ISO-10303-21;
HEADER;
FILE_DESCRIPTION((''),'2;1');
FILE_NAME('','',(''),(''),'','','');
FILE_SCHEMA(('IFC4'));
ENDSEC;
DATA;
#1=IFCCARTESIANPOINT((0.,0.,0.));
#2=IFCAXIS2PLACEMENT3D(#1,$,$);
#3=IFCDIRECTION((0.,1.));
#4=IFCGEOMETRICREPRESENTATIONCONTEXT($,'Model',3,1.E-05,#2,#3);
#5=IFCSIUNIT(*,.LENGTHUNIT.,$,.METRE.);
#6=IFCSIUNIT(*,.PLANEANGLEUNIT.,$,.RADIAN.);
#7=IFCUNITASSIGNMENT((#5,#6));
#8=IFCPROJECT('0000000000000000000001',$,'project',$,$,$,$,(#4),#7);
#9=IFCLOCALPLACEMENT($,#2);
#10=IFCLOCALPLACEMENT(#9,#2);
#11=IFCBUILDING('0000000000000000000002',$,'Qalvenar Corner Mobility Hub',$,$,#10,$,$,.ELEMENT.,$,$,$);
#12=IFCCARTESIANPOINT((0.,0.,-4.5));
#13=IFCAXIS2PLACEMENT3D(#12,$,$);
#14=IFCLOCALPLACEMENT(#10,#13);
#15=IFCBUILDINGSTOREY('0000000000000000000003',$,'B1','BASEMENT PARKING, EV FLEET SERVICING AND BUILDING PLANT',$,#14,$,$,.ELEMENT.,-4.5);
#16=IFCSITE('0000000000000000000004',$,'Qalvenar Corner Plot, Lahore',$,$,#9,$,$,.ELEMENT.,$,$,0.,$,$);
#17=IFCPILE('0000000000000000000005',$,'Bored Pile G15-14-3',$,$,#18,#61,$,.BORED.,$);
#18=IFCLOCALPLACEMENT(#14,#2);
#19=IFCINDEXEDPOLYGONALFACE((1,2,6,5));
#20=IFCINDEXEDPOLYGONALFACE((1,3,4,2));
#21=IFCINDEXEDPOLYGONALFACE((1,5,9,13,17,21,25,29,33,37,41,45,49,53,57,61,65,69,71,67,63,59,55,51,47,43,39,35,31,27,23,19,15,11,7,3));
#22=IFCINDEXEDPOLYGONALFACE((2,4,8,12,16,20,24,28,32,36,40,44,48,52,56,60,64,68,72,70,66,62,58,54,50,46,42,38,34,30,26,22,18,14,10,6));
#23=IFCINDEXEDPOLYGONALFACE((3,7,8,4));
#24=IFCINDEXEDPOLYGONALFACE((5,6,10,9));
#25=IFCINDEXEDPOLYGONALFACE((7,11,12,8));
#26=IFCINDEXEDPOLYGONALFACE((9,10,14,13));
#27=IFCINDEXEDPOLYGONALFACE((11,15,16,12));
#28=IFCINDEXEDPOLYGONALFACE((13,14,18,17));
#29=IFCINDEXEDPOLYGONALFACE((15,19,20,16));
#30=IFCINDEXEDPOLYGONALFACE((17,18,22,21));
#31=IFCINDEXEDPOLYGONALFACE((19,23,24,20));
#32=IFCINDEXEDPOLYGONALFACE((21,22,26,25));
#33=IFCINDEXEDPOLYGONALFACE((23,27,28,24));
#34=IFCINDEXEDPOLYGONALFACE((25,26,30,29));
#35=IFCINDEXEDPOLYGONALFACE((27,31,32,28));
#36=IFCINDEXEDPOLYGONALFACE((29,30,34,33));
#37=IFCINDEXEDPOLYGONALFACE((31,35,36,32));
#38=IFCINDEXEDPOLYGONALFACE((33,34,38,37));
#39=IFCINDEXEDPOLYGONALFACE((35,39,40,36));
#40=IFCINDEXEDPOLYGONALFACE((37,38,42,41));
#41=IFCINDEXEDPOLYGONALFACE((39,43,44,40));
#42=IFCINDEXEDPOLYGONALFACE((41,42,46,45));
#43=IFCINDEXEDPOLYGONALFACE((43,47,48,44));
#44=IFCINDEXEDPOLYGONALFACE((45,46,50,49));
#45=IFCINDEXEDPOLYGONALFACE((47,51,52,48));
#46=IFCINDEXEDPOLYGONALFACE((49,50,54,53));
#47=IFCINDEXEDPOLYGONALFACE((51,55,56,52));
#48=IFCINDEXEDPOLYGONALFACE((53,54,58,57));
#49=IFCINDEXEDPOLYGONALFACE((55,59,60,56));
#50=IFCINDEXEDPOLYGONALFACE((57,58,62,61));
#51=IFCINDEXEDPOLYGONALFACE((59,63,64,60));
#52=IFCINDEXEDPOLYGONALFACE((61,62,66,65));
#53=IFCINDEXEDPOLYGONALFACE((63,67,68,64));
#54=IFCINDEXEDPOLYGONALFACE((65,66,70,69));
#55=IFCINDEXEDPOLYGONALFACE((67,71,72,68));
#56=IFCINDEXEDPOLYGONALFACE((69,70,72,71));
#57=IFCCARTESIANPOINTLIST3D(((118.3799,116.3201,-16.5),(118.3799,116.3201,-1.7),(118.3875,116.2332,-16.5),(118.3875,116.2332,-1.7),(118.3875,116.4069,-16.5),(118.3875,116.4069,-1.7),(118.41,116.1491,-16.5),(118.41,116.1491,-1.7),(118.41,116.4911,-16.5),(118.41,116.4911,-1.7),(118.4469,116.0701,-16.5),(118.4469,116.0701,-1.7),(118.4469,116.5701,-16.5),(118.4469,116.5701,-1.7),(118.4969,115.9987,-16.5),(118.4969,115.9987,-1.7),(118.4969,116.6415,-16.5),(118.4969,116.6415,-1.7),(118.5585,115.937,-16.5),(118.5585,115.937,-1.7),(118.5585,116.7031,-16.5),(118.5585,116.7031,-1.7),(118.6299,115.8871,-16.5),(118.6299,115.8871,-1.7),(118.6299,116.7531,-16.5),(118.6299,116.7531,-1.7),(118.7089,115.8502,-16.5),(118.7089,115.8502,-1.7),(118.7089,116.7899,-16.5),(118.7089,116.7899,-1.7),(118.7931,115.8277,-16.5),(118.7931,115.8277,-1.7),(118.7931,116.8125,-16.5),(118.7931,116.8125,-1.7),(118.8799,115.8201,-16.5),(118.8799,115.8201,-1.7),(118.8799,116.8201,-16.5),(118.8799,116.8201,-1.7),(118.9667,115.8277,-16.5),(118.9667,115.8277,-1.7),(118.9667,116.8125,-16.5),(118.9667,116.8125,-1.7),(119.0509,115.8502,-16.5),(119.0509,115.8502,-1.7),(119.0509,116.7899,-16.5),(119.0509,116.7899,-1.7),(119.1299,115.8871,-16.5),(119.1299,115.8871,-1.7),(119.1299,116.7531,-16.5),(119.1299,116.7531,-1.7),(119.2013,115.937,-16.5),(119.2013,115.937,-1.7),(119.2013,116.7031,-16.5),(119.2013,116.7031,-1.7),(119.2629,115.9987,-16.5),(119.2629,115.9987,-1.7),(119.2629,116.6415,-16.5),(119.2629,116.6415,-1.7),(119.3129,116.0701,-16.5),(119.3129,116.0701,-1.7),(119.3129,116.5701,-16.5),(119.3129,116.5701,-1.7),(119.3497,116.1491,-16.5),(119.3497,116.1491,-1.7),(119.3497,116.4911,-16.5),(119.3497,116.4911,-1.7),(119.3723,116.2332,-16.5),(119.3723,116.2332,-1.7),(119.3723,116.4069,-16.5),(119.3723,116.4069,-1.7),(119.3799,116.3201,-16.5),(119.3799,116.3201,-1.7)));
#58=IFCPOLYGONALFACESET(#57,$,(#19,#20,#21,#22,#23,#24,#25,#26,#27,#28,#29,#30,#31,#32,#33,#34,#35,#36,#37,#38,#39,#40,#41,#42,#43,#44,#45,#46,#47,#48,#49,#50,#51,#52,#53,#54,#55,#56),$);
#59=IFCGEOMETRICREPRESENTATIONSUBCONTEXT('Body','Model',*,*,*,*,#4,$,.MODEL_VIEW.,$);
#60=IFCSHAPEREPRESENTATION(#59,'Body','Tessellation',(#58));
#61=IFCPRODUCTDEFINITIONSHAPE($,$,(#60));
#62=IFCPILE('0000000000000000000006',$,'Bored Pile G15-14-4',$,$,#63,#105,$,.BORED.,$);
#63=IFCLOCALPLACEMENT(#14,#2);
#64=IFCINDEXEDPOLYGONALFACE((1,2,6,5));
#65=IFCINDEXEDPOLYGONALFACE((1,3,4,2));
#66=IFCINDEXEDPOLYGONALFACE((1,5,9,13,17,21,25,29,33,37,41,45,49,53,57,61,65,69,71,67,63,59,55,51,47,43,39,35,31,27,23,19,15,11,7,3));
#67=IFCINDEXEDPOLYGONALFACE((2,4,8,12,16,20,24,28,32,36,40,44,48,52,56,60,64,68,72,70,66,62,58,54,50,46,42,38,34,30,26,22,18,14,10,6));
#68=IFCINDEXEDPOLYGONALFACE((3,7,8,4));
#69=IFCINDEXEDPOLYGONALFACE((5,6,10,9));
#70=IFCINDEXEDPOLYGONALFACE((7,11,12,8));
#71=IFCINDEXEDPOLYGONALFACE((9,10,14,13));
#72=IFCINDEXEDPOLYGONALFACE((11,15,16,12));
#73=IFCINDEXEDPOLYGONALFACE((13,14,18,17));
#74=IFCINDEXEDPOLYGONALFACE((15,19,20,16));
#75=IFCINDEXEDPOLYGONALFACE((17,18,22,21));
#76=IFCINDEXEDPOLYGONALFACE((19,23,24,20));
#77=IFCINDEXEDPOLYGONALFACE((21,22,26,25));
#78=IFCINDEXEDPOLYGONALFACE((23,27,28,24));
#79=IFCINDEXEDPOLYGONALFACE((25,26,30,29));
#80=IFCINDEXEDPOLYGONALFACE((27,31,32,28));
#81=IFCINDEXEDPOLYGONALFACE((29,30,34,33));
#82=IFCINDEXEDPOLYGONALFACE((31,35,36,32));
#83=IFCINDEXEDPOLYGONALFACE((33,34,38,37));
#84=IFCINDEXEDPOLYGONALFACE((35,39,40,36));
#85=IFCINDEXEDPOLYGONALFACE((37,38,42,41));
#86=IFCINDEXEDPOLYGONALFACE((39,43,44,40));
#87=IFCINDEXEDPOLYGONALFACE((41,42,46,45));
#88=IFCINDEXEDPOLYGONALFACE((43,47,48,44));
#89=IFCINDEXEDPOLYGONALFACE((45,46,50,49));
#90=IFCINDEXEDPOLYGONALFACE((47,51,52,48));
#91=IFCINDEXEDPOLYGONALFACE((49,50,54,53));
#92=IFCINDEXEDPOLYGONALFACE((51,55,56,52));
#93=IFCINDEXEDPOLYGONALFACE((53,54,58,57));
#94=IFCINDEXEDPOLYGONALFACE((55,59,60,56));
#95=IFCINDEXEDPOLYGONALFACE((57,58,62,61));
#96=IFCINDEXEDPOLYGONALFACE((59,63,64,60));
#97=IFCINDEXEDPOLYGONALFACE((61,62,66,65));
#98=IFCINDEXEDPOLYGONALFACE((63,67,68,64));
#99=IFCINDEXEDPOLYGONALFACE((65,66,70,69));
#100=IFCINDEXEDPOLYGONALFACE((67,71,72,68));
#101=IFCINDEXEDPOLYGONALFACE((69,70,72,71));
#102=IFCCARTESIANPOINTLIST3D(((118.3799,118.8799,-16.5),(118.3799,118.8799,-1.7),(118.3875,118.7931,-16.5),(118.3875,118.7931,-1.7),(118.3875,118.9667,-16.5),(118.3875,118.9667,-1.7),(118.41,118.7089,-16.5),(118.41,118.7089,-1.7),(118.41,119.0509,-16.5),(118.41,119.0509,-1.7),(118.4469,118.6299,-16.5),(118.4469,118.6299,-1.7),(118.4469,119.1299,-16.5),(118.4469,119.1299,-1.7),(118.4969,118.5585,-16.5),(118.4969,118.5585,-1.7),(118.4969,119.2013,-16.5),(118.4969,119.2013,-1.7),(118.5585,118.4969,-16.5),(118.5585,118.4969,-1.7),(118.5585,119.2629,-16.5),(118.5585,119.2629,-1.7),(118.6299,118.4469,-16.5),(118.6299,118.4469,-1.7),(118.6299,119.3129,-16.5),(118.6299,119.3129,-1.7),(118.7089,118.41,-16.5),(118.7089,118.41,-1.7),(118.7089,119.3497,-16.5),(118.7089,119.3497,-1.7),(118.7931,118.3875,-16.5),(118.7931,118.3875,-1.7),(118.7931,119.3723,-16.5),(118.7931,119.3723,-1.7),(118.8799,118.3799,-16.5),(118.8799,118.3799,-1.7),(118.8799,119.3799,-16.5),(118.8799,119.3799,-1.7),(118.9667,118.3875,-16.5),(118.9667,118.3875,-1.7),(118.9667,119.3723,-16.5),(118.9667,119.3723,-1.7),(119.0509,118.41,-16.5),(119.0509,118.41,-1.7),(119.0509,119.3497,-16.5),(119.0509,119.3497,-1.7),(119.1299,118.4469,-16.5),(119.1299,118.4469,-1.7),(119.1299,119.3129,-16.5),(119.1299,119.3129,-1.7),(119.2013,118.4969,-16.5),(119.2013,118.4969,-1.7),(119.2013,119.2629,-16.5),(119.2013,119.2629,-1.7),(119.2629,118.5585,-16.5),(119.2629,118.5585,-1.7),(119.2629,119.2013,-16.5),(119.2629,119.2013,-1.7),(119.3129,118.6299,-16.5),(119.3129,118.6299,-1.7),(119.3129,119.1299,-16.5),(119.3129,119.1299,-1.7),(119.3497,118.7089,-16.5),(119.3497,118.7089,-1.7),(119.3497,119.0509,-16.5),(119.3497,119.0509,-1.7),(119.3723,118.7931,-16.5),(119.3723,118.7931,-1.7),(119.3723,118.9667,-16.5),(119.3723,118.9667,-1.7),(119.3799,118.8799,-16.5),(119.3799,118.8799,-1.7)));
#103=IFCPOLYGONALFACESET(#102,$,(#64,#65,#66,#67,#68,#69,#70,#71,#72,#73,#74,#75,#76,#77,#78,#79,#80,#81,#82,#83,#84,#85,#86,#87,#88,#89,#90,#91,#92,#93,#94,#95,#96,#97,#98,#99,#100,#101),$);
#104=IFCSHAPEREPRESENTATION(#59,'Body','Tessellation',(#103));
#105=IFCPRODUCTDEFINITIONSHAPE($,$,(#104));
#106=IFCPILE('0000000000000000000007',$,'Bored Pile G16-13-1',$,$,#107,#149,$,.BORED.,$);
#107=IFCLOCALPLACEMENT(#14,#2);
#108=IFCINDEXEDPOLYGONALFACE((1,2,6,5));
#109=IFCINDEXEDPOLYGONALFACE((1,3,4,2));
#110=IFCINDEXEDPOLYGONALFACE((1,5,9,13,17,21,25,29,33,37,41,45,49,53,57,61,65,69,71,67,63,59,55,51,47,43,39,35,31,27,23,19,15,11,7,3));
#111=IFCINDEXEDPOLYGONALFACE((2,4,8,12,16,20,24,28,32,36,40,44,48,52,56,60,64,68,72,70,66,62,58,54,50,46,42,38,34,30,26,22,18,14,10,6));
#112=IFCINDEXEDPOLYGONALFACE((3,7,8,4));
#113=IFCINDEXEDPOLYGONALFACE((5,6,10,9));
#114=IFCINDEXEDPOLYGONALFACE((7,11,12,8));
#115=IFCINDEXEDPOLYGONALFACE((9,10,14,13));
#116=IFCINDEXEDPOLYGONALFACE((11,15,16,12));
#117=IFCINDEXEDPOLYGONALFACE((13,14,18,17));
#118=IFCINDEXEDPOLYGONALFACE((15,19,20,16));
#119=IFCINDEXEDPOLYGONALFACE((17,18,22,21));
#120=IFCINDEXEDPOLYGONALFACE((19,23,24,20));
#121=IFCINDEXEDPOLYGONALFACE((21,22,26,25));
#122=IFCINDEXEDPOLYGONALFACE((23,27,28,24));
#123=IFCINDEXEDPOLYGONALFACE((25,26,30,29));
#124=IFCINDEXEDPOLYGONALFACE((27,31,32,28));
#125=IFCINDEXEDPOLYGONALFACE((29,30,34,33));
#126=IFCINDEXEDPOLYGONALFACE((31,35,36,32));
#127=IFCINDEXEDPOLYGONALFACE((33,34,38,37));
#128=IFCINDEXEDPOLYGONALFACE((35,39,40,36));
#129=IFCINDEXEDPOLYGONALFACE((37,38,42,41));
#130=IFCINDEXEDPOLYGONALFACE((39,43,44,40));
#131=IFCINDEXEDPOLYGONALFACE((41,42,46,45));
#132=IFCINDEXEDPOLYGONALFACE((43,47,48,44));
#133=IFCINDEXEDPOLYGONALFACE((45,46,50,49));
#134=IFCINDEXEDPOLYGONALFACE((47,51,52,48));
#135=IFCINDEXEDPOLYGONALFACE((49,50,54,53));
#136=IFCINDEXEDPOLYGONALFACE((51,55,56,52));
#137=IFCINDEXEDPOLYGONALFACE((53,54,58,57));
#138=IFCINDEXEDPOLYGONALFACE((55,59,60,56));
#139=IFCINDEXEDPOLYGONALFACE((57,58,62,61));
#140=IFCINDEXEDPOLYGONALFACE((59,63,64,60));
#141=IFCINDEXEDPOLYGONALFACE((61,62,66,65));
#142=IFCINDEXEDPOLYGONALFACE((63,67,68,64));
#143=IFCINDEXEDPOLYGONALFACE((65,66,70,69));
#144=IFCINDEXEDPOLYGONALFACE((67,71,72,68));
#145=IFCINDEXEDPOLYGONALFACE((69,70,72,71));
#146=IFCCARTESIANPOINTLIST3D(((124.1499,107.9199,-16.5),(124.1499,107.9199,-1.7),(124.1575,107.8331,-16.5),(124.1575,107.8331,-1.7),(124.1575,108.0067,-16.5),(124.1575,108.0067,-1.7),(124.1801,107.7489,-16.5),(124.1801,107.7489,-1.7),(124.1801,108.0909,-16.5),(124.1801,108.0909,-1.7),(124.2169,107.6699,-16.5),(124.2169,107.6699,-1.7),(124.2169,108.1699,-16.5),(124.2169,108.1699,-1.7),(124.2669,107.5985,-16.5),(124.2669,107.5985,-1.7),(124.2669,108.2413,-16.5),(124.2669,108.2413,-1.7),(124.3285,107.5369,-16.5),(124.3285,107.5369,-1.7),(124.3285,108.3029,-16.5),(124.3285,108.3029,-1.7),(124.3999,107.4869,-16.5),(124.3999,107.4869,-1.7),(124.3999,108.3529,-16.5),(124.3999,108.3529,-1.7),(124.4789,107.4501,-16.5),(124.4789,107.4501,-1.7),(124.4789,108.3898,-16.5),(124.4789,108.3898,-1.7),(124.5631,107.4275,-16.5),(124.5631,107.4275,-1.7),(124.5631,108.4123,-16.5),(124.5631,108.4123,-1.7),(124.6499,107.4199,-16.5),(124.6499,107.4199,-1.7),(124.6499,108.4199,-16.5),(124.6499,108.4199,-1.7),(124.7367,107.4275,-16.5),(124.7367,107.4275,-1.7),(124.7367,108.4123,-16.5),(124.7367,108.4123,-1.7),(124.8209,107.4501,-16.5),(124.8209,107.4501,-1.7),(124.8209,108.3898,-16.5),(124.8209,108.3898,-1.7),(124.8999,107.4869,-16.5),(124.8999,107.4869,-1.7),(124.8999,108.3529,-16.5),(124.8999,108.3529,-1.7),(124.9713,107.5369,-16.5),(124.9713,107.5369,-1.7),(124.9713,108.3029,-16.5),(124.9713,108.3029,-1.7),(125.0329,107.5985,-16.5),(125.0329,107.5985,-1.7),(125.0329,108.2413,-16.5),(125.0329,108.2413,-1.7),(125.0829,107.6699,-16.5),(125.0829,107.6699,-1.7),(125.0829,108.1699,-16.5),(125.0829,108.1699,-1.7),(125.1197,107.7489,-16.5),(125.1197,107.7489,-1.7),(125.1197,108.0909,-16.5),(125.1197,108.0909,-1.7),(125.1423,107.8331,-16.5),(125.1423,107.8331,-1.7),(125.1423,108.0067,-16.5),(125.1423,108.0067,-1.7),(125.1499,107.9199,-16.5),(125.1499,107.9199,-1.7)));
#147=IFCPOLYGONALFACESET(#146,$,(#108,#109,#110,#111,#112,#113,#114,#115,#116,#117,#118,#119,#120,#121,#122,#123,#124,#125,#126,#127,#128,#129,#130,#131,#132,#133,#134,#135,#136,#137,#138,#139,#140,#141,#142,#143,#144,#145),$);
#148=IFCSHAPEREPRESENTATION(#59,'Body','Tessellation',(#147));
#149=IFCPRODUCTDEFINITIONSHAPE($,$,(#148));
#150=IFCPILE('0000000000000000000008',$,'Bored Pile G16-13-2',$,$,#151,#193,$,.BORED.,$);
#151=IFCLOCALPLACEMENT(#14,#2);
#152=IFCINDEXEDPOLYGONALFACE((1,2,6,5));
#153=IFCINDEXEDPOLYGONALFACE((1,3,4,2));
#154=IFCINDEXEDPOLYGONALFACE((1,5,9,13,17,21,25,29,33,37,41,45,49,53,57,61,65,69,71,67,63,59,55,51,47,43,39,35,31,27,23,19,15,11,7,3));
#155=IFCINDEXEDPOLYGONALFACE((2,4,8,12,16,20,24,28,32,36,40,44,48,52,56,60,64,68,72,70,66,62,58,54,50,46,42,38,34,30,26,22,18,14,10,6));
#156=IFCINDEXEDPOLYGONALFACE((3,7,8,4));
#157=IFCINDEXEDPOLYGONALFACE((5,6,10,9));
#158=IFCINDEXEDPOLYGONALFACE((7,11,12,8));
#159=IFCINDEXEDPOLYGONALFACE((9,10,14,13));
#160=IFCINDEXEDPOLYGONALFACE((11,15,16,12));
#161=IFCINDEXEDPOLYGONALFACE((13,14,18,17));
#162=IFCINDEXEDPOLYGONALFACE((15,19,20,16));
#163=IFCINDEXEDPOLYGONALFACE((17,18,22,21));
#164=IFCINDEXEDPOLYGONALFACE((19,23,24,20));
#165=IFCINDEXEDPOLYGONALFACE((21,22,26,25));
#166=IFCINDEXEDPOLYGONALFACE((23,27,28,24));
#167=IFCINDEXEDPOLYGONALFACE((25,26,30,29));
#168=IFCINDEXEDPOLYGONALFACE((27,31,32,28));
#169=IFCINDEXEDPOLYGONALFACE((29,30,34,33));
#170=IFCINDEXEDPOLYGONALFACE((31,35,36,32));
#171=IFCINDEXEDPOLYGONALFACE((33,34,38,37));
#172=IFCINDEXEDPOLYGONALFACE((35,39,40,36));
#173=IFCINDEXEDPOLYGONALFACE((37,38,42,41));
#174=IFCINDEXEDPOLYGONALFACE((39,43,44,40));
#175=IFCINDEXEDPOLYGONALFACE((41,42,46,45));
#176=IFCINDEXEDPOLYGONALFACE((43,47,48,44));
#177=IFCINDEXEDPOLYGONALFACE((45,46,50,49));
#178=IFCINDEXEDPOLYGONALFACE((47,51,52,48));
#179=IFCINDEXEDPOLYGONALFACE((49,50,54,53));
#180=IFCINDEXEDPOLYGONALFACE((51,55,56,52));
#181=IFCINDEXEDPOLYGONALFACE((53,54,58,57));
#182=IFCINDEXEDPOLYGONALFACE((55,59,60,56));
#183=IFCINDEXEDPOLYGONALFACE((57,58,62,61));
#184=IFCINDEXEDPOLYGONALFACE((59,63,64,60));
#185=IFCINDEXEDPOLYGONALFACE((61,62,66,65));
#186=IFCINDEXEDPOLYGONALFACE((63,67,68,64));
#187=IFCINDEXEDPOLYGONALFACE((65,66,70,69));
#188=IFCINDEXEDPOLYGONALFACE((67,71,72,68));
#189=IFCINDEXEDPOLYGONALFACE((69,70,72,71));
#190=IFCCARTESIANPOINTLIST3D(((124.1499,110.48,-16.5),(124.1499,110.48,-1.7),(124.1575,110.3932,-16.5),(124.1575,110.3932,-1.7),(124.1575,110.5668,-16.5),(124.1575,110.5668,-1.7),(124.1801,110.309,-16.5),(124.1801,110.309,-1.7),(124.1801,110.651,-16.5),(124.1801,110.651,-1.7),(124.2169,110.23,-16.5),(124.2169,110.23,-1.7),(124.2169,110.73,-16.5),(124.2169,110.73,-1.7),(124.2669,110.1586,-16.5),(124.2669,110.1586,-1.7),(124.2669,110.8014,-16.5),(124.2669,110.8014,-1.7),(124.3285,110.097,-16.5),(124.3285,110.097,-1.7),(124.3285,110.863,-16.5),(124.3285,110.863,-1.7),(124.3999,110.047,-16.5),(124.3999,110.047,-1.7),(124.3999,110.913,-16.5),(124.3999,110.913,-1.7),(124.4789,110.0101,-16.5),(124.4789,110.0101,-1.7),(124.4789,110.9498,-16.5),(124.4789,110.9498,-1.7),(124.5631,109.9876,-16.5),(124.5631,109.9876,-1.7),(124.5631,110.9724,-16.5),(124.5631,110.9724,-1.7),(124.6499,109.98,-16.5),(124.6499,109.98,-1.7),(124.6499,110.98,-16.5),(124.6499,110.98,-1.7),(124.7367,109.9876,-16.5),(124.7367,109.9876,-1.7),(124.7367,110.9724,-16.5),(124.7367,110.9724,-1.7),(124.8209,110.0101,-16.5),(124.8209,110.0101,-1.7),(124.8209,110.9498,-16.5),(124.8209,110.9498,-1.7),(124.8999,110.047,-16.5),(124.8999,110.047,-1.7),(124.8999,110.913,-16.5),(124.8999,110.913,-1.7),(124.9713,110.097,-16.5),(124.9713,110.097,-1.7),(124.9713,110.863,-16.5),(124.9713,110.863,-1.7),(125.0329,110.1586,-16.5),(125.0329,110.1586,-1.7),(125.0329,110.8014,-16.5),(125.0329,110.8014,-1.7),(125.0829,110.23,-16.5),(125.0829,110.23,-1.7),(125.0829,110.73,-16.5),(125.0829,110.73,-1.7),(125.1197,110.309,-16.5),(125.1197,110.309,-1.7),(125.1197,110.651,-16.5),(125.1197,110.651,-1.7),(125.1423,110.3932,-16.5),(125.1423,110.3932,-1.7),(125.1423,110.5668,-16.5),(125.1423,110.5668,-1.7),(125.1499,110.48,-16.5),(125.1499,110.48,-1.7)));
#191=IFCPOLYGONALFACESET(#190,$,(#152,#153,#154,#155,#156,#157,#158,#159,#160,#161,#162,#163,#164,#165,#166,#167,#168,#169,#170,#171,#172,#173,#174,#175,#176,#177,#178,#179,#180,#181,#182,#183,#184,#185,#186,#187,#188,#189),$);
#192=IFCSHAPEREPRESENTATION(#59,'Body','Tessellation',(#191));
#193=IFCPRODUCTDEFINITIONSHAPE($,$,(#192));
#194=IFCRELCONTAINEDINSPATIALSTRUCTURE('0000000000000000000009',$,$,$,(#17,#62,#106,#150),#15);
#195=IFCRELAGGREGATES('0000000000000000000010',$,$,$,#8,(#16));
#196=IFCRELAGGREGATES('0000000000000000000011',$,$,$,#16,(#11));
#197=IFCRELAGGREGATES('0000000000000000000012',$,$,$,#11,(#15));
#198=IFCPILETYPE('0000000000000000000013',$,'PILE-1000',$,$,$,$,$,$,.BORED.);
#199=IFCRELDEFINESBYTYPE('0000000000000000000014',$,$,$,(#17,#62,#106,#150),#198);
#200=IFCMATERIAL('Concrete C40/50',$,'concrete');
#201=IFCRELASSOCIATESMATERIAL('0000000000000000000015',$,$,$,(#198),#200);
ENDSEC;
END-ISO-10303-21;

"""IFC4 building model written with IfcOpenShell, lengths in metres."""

from ifc_helpers import new_model, si_unit, direction, frame, origin, origin_2d, place, context, subcontext, project, spatial, circle, extrude, material, material_profile, profile_set, type_object, element, save


model = new_model("IFC4")

# Units and contexts
model_context = context("Model", 3, precision=1e-05, world=origin(), true_north=direction((0.0, 1.0)))
body_context = subcontext(model_context, "Body", "Model", "MODEL_VIEW")
ifc_project = project(units=[si_unit("LENGTHUNIT", "METRE"), si_unit("PLANEANGLEUNIT", "RADIAN")], contexts=[model_context])

# Site, building, storey
site_placement = place(None, origin())
site = spatial("IfcSite", under=ifc_project, at=site_placement, Name="Qalvenar Corner Plot, Lahore", CompositionType="ELEMENT", RefElevation=0.0)
building_placement = place(site_placement, origin())
building = spatial("IfcBuilding", under=site, at=building_placement, Name="Qalvenar Corner Mobility Hub", CompositionType="ELEMENT")
storey_placement = place(building_placement, frame((0.0, 0.0, -4.5)))
storey = spatial("IfcBuildingStorey", under=building, at=storey_placement, Name="B1", Description="BASEMENT PARKING, EV FLEET SERVICING AND BUILDING PLANT", CompositionType="ELEMENT", Elevation=-4.5)

# Shared definitions
ifc_material_1 = material(Name="Concrete C40/50", Category="concrete")

# Piles
ifc_material_profile_1 = material_profile(ifc_material_1, circle(Radius=0.5, at=origin_2d()), Name="DIA1000")
ifc_profile_set_1 = profile_set([ifc_material_profile_1], Name="Concrete C40/50")
pile_type = type_object("IfcPileType", Name="PILE-1000", PredefinedType="BORED", material=ifc_profile_set_1)
for number, where, z_axis, x_axis, name in (
    (1, (118.8799, 116.3201, -1.7), (0.0, 0.0, -1.0), (1.0, 0.0, 0.0), "Bored Pile G15-14-3"),
    (2, (118.8799, 118.8799, -1.7), (0.0, 0.0, -1.0), (1.0, 0.0, 0.0), "Bored Pile G15-14-4"),
    (3, (124.6499, 107.9199, -1.7), (0.0, 0.0, -1.0), (1.0, 0.0, 0.0), "Bored Pile G16-13-1"),
    (4, (124.6499, 110.48, -1.7), (0.0, 0.0, -1.0), (1.0, 0.0, 0.0), "Bored Pile G16-13-2"),
):
    element("IfcPile", number, at=place(storey_placement, frame(where, z_axis=z_axis, x_axis=x_axis)), inside=storey, type_object=pile_type, Name=name, PredefinedType="BORED", context=body_context, shape_type="SweptSolid", body=[
        extrude(circle(Radius=0.5, at=origin_2d()), origin(), (0.0, 0.0, 1.0), 14.8),
    ])

save(model, "model.ifc")
